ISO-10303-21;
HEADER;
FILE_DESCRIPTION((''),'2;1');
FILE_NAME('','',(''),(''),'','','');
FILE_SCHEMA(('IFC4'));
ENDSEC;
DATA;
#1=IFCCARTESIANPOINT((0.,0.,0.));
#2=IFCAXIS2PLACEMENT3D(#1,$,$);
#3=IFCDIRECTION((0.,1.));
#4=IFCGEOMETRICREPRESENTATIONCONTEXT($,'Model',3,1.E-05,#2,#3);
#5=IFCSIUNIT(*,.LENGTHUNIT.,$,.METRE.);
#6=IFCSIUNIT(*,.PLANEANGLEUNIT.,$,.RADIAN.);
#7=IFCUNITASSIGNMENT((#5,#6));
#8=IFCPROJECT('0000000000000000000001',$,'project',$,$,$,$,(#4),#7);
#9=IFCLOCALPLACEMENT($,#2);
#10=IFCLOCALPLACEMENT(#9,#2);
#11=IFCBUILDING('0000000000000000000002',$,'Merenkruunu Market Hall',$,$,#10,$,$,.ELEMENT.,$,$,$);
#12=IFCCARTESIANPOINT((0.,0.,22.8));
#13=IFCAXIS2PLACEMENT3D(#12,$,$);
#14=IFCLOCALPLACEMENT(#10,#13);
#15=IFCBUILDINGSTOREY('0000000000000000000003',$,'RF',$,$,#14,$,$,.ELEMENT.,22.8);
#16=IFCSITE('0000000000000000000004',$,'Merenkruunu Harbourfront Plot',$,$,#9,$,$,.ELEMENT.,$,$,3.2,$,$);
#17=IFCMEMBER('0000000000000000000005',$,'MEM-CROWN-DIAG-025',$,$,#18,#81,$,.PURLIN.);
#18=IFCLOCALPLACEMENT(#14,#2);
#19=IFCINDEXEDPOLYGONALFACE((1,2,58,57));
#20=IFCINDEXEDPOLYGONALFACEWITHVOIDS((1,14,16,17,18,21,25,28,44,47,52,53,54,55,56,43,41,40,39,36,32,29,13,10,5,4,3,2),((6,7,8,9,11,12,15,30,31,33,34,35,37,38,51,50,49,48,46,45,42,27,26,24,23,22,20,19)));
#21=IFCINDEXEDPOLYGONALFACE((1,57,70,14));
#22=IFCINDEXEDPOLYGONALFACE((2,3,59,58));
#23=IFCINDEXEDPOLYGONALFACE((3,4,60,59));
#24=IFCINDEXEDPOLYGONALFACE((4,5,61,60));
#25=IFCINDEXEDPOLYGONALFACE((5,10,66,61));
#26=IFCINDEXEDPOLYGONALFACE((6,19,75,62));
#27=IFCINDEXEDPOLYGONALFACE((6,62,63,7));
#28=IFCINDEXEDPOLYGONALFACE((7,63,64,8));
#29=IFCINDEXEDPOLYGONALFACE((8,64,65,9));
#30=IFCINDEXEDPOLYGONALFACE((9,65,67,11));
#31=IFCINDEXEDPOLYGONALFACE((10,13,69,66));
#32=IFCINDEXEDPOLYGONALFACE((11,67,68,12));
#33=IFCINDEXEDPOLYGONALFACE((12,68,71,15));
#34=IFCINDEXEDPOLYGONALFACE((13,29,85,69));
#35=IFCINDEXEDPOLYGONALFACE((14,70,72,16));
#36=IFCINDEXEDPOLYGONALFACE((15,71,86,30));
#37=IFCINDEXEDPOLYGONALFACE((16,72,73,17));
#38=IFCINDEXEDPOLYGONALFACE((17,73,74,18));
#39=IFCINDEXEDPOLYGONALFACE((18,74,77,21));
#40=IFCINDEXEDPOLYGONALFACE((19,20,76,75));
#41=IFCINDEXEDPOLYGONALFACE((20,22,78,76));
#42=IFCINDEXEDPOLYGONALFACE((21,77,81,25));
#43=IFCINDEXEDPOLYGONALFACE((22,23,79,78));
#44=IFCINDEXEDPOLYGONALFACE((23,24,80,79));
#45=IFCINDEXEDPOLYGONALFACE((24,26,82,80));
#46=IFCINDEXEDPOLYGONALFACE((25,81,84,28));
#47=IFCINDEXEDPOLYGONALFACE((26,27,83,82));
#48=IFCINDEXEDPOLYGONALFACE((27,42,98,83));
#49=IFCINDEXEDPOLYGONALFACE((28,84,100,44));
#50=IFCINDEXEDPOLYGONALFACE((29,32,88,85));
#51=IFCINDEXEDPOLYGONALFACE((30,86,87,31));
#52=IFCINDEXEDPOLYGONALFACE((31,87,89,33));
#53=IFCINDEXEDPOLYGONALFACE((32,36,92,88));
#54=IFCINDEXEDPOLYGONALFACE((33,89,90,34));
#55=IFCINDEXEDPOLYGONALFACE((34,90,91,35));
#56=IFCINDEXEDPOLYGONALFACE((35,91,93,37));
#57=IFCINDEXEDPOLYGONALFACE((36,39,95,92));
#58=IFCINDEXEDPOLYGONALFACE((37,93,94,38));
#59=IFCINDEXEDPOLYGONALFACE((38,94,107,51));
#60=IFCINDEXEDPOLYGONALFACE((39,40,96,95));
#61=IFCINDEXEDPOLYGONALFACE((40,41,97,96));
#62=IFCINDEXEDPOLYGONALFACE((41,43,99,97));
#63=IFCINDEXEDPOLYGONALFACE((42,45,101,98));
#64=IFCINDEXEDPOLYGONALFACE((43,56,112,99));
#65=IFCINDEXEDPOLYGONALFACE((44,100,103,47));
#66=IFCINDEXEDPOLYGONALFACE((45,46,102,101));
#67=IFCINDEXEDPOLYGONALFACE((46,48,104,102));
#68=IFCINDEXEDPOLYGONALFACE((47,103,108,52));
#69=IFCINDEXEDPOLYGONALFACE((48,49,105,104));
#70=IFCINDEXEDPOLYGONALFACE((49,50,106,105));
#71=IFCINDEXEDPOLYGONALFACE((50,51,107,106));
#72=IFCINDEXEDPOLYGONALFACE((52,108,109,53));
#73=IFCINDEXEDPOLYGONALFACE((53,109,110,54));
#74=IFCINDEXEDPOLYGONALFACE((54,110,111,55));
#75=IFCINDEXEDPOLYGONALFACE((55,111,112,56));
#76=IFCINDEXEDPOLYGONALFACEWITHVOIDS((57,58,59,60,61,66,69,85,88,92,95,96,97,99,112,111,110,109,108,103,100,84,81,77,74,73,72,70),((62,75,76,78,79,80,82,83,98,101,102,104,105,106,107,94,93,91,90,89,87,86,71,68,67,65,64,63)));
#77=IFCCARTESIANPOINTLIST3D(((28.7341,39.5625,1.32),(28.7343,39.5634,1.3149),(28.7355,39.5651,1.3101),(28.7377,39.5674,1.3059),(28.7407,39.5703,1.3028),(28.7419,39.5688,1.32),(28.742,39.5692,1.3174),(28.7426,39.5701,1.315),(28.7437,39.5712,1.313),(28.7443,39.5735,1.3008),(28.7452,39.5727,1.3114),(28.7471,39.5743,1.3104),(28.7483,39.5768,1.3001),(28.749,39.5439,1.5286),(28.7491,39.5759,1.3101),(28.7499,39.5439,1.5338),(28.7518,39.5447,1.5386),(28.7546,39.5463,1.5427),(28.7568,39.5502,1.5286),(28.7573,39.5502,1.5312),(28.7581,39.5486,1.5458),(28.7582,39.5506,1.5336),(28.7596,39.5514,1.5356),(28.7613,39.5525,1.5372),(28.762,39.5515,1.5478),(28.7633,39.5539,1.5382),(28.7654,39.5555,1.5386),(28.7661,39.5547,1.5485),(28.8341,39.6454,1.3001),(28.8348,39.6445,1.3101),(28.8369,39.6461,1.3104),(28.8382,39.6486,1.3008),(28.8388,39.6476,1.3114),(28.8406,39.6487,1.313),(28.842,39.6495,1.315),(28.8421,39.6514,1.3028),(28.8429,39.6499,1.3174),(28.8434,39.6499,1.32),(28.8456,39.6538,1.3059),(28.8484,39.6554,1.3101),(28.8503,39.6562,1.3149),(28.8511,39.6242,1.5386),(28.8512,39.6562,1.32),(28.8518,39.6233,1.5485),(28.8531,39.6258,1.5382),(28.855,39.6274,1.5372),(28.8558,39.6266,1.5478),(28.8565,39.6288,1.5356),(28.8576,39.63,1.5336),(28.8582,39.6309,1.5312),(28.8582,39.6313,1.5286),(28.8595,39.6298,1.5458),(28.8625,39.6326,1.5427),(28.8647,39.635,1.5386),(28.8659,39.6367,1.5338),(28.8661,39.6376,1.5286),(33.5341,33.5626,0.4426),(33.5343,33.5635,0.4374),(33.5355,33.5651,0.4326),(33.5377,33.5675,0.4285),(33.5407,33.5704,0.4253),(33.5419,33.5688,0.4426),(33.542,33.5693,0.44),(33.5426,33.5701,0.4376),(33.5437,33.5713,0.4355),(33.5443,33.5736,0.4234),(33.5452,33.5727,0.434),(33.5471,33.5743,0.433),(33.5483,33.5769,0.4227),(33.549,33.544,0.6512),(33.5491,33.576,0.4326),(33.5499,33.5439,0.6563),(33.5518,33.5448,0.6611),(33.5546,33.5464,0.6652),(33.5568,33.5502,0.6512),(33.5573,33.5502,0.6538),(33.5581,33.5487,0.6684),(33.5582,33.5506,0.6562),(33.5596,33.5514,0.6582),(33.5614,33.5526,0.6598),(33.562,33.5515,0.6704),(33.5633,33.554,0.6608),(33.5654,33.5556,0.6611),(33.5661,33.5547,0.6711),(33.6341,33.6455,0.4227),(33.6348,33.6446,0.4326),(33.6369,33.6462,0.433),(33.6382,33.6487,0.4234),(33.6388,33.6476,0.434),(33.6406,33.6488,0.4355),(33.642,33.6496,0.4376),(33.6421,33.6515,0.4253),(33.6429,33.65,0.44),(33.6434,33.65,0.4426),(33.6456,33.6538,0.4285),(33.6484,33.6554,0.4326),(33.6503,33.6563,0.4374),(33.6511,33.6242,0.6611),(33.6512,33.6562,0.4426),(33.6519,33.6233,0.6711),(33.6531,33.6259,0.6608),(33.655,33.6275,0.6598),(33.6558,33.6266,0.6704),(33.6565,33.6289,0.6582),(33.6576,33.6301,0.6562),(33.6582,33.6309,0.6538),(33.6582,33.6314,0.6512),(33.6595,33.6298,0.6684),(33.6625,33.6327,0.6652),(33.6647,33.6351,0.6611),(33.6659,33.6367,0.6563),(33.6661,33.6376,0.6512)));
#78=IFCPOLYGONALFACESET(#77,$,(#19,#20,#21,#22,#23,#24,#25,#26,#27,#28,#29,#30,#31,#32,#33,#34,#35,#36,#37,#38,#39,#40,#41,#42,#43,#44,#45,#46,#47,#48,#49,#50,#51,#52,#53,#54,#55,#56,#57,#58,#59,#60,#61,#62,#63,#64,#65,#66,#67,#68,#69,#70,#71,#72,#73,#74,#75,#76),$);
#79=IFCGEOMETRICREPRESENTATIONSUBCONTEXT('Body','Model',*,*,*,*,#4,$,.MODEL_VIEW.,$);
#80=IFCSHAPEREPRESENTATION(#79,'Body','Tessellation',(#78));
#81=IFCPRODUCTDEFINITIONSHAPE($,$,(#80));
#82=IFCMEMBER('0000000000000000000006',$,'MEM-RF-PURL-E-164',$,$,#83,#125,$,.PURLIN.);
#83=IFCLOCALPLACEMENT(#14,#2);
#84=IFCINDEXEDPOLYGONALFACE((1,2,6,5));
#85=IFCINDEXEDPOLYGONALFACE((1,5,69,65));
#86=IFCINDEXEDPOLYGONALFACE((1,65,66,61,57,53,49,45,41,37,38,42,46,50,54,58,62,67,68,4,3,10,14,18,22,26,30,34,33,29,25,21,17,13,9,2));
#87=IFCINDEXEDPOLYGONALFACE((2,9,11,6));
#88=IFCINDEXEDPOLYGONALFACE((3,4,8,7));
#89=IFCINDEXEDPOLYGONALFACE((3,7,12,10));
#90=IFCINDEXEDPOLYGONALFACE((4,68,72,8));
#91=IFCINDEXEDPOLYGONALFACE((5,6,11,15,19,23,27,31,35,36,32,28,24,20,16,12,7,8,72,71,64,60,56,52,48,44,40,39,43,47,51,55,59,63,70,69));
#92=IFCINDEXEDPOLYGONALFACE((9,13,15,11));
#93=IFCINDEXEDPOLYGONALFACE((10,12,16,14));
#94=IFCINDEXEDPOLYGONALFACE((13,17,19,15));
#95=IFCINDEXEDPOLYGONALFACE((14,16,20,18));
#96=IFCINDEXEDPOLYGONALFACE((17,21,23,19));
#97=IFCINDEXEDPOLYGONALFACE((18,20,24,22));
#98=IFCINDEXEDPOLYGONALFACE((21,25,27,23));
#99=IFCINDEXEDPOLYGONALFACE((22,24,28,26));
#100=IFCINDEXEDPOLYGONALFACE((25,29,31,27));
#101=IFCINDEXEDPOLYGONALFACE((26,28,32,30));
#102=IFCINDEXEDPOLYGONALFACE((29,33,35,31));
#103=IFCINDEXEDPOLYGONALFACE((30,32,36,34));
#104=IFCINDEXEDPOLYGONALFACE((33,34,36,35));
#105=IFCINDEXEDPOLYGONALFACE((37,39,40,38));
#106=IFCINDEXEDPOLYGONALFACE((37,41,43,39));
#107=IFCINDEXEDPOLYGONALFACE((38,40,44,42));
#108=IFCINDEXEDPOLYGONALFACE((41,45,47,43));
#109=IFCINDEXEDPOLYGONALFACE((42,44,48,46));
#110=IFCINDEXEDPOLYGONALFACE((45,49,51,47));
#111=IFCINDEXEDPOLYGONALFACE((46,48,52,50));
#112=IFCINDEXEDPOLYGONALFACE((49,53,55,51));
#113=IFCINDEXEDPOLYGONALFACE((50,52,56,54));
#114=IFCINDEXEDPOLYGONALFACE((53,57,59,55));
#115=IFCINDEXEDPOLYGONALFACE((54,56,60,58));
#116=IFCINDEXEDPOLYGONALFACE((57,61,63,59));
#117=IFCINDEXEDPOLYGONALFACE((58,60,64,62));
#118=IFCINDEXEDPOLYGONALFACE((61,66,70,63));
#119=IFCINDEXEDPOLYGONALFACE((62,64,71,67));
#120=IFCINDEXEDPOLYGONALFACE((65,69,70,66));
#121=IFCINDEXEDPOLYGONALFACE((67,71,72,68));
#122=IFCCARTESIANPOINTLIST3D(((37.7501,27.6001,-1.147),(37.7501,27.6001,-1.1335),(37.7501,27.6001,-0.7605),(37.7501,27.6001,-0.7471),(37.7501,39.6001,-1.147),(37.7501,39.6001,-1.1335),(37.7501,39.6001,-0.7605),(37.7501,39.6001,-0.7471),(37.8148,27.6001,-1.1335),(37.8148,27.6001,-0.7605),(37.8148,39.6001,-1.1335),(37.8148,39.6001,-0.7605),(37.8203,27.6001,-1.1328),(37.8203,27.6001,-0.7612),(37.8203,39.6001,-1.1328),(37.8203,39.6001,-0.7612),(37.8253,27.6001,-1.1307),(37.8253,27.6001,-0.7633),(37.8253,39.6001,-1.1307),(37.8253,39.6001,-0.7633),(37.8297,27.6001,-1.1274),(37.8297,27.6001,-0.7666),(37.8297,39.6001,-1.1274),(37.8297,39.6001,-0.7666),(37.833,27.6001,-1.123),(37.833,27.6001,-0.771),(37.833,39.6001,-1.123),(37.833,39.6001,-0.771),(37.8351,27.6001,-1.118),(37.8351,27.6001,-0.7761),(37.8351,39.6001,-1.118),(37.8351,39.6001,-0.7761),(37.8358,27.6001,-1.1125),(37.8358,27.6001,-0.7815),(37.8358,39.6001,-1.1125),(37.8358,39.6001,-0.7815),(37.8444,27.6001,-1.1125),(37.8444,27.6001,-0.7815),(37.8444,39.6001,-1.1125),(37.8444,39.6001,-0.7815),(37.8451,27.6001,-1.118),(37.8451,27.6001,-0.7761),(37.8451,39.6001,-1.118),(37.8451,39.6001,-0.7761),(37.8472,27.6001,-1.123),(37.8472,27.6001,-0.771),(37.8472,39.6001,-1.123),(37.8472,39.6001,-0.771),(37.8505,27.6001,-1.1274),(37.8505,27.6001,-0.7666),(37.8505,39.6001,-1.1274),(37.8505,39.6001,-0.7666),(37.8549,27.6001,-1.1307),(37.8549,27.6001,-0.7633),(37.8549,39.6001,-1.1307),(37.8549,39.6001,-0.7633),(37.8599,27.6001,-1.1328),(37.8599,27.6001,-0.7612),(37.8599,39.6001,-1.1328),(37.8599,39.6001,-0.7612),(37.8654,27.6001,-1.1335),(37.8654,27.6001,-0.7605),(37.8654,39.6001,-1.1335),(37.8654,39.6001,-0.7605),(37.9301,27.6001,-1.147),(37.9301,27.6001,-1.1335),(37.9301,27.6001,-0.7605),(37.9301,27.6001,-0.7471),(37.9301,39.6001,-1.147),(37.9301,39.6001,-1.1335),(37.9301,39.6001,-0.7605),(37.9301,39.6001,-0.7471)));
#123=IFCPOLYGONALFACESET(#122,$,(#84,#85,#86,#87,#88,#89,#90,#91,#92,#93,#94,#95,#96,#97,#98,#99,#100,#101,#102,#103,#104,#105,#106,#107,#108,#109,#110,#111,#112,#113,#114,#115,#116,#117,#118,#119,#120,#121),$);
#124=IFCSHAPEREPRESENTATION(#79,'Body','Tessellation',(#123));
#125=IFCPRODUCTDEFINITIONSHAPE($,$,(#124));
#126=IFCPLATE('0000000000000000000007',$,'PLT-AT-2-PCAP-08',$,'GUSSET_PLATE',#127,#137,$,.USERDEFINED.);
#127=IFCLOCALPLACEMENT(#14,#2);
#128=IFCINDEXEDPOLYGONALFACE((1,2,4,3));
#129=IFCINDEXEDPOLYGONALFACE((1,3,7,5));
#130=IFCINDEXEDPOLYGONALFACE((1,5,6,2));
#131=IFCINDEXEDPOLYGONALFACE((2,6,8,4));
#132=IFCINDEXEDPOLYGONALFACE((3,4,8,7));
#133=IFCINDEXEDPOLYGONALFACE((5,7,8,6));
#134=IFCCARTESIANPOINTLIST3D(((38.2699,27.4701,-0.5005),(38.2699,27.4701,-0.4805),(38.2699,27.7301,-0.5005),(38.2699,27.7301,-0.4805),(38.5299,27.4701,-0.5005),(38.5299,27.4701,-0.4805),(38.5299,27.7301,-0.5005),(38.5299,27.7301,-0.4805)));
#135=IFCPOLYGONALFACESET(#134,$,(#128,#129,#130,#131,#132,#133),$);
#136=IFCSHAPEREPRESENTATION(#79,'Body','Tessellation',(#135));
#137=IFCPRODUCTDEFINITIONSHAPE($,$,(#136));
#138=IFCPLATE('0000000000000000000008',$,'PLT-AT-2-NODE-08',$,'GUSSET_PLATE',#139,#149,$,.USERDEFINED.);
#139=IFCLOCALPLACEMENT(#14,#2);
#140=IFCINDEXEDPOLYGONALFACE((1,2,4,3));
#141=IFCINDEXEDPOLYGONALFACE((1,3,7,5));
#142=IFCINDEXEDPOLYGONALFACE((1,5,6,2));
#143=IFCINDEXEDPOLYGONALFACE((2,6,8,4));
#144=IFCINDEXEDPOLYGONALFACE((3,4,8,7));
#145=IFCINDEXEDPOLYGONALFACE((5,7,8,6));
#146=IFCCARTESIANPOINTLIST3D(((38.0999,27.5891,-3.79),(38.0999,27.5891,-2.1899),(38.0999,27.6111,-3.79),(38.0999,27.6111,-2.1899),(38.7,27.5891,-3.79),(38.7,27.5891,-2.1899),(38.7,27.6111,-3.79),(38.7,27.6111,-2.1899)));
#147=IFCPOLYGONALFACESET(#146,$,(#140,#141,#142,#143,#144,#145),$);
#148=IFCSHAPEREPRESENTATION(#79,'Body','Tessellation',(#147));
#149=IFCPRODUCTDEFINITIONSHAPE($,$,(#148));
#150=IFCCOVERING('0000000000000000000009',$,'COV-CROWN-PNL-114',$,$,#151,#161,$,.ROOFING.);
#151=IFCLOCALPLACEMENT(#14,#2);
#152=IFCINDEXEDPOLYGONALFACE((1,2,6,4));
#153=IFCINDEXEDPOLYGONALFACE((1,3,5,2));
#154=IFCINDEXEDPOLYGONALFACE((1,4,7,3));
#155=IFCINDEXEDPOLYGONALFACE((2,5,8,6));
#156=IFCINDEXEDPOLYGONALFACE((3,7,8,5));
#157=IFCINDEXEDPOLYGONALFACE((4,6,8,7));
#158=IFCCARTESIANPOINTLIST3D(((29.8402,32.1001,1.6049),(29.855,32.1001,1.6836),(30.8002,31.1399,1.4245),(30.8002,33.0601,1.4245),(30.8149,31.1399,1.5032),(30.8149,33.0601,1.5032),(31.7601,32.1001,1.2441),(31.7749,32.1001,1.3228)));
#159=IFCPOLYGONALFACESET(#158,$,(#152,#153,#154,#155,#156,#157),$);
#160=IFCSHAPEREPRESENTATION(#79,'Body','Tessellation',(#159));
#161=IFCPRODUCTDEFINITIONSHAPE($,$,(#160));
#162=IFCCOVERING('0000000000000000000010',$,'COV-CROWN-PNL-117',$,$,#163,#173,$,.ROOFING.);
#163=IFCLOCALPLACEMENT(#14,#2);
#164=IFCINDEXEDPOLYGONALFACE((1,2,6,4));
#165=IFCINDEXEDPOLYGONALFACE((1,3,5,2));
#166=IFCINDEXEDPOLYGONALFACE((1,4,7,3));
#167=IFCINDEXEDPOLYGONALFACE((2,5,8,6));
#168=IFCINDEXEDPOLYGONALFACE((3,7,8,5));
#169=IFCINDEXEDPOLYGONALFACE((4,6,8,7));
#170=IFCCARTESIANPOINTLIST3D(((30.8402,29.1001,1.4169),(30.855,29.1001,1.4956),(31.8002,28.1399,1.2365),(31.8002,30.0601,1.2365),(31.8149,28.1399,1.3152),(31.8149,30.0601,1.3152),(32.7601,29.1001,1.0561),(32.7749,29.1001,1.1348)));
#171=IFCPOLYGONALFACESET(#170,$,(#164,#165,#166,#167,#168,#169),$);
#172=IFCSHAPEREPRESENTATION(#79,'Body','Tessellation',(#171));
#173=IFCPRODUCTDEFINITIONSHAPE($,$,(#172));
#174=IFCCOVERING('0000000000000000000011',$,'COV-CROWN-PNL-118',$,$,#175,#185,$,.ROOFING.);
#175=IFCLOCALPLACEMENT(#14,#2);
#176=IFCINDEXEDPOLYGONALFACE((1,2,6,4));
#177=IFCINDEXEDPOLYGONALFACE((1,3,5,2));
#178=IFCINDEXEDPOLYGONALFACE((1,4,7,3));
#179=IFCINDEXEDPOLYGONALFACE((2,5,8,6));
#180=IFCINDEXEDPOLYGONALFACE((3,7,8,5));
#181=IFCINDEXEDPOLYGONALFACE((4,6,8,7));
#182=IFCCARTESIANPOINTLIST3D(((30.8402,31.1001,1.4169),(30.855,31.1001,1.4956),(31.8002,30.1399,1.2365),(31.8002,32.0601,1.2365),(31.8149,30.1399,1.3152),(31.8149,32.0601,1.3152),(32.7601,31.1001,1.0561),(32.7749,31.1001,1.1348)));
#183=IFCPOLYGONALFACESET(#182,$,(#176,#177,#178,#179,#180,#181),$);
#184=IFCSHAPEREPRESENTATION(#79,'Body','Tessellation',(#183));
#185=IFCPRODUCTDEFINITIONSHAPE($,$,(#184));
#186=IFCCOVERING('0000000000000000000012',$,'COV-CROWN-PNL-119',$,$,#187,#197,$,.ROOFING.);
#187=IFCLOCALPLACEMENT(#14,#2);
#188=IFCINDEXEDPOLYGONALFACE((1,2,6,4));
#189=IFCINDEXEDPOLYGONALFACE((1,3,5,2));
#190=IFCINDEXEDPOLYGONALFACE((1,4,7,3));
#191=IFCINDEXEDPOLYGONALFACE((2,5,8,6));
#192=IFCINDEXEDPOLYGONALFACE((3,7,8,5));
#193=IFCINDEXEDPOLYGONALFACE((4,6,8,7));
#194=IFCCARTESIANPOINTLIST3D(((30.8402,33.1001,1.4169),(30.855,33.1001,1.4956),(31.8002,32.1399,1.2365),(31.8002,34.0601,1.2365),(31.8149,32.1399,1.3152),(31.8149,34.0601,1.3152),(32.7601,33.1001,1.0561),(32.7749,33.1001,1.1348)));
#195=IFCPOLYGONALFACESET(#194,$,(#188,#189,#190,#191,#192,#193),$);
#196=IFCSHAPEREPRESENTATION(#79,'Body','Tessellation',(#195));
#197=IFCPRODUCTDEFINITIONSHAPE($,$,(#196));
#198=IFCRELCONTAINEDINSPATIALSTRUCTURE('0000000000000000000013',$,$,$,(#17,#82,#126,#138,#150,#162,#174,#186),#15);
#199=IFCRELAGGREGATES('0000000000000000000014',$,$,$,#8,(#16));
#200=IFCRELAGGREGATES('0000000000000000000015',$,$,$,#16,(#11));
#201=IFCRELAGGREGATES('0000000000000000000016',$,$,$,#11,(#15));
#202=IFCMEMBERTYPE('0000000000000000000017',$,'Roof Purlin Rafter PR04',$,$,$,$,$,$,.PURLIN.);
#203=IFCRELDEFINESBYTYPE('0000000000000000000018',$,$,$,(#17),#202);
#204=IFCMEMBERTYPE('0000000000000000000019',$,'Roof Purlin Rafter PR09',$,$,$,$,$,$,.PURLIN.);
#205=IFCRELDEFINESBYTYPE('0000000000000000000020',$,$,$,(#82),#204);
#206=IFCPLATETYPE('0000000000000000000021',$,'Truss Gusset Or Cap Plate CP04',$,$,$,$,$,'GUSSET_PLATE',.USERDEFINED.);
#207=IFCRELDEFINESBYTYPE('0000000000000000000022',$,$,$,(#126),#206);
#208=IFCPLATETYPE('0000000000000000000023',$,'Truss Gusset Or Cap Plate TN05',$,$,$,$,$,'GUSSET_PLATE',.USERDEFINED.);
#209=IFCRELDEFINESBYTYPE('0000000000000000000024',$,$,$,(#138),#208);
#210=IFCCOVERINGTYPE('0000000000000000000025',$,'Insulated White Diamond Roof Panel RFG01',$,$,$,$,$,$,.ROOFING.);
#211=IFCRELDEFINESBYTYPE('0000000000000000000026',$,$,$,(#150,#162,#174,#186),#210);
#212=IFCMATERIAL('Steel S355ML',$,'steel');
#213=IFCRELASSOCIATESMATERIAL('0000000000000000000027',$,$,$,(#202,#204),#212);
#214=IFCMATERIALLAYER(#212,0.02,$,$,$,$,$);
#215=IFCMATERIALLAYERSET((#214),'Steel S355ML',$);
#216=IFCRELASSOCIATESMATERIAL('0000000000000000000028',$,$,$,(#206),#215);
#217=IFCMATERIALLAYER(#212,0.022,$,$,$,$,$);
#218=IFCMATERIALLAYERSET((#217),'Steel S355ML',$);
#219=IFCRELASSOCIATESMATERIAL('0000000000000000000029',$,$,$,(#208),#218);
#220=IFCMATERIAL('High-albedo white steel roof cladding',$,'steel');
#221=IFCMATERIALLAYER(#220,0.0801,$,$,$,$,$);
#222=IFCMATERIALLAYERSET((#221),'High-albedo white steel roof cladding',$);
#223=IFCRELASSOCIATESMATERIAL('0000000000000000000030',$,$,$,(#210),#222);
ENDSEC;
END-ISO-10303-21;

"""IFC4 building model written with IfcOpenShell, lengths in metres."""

from ifc_helpers import new_model, si_unit, direction, frame, origin, origin_2d, place, context, subcontext, project, spatial, polyline, rectangle, hollow_rectangle, i_section, outline, extrude, material, layer, layer_set, material_profile, profile_set, type_object, element, save


model = new_model("IFC4")

# Units and contexts
model_context = context("Model", 3, precision=1e-05, world=origin(), true_north=direction((0.0, 1.0)))
body_context = subcontext(model_context, "Body", "Model", "MODEL_VIEW")
ifc_project = project(units=[si_unit("LENGTHUNIT", "METRE"), si_unit("PLANEANGLEUNIT", "RADIAN")], contexts=[model_context])

# Site, building, storey
site_placement = place(None, origin())
site = spatial("IfcSite", under=ifc_project, at=site_placement, Name="Merenkruunu Harbourfront Plot", CompositionType="ELEMENT", RefElevation=3.2)
building_placement = place(site_placement, origin())
building = spatial("IfcBuilding", under=site, at=building_placement, Name="Merenkruunu Market Hall", CompositionType="ELEMENT")
storey_placement = place(building_placement, frame((0.0, 0.0, 22.8)))
storey = spatial("IfcBuildingStorey", under=building, at=storey_placement, Name="RF", CompositionType="ELEMENT", Elevation=22.8)

# Shared definitions
ifc_material_1 = material(Name="Steel S355ML", Category="steel")

# Members
ifc_material_profile_1 = material_profile(ifc_material_1, hollow_rectangle(XDim=0.1499, YDim=0.25, WallThickness=0.01, InnerFilletRadius=0.01, OuterFilletRadius=0.02, at=origin_2d()), Name="RHS 250x150x10")
ifc_profile_set_1 = profile_set([ifc_material_profile_1], Name="Steel S355ML")
member_type_1 = type_object("IfcMemberType", Name="Roof Purlin Rafter PR04", PredefinedType="PURLIN", material=ifc_profile_set_1)
member_1_placement = place(storey_placement, frame((33.6001, 33.6001, 0.5469), z_axis=(-0.620665, 0.775824, 0.113457), x_axis=(-0.780866, -0.624699, 0.0)))
element("IfcMember", 1, at=member_1_placement, inside=storey, type_object=member_type_1, Name="MEM-CROWN-DIAG-025", PredefinedType="PURLIN", context=body_context, shape_type="SweptSolid", body=[
    extrude(hollow_rectangle(XDim=0.1499, YDim=0.25, WallThickness=0.01, InnerFilletRadius=0.01, OuterFilletRadius=0.02, at=origin_2d()), origin(), (0.0, 0.0, 1.0), 7.7336),
])
ifc_material_profile_2 = material_profile(ifc_material_1, i_section(OverallWidth=0.1799, OverallDepth=0.3999, WebThickness=0.0085, FlangeThickness=0.0134, FilletRadius=0.021, at=origin_2d()), Name="IPE 400")
ifc_profile_set_2 = profile_set([ifc_material_profile_2], Name="Steel S355ML")
member_type_2 = type_object("IfcMemberType", Name="Roof Purlin Rafter PR09", PredefinedType="PURLIN", material=ifc_profile_set_2)
member_2_placement = place(storey_placement, frame((37.8401, 27.6001, -0.947), z_axis=(0.0, 1.0, 0.0), x_axis=(-1.0, 0.0, 0.0)))
element("IfcMember", 2, at=member_2_placement, inside=storey, type_object=member_type_2, Name="MEM-RF-PURL-E-164", PredefinedType="PURLIN", context=body_context, shape_type="SweptSolid", body=[
    extrude(i_section(OverallWidth=0.1799, OverallDepth=0.3999, WebThickness=0.0085, FlangeThickness=0.0134, FilletRadius=0.021, at=origin_2d()), origin(), (0.0, 0.0, 1.0), 12.0),
])

# Plates
ifc_layer_1 = layer(ifc_material_1, 0.02)
ifc_layer_set_1 = layer_set([ifc_layer_1], Name="Steel S355ML")
plate_type_1 = type_object("IfcPlateType", Name="Truss Gusset Or Cap Plate CP04", ElementType="GUSSET_PLATE", PredefinedType="USERDEFINED", material=ifc_layer_set_1)
plate_1_placement = place(storey_placement, frame((38.3999, 27.6001, -0.5005), z_axis=(0.0, 0.0, 1.0), x_axis=(1.0, 0.0, 0.0)))
element("IfcPlate", 3, at=plate_1_placement, inside=storey, type_object=plate_type_1, Name="PLT-AT-2-PCAP-08", ObjectType="GUSSET_PLATE", PredefinedType="USERDEFINED", context=body_context, shape_type="SweptSolid", body=[
    extrude(rectangle(XDim=0.26, YDim=0.26, at=origin_2d()), origin(), (0.0, 0.0, 1.0), 0.02),
])
ifc_layer_2 = layer(ifc_material_1, 0.022)
ifc_layer_set_2 = layer_set([ifc_layer_2], Name="Steel S355ML")
plate_type_2 = type_object("IfcPlateType", Name="Truss Gusset Or Cap Plate TN05", ElementType="GUSSET_PLATE", PredefinedType="USERDEFINED", material=ifc_layer_set_2)
plate_2_placement = place(storey_placement, frame((38.3999, 27.6001, -3.79), z_axis=(0.0, 0.0, 1.0), x_axis=(1.0, 0.0, 0.0)))
element("IfcPlate", 4, at=plate_2_placement, inside=storey, type_object=plate_type_2, Name="PLT-AT-2-NODE-08", ObjectType="GUSSET_PLATE", PredefinedType="USERDEFINED", context=body_context, shape_type="SweptSolid", body=[
    extrude(rectangle(XDim=0.6001, YDim=0.022, at=origin_2d()), origin(), (0.0, 0.0, 1.0), 1.6001),
])

# Coverings
ifc_material_2 = material(Name="High-albedo white steel roof cladding", Category="steel")
ifc_layer_3 = layer(ifc_material_2, 0.0801)
ifc_layer_set_3 = layer_set([ifc_layer_3], Name="High-albedo white steel roof cladding")
covering_type_1 = type_object("IfcCoveringType", Name="Insulated White Diamond Roof Panel RFG01", PredefinedType="ROOFING", material=ifc_layer_set_3)
for number, where, z_axis, x_axis, name in (
    (5, (29.855, 32.1001, 1.6836), (0.184711, 0.0, 0.982793), (0.700856, -0.701035, -0.131722), "COV-CROWN-PNL-114"),
    (6, (30.855, 29.1001, 1.4956), (0.184711, 0.0, 0.982793), (0.700856, -0.701035, -0.131722), "COV-CROWN-PNL-117"),
    (7, (30.855, 31.1001, 1.4956), (0.184711, 0.0, 0.982793), (0.700856, -0.701035, -0.131722), "COV-CROWN-PNL-118"),
    (8, (30.855, 33.1001, 1.4956), (0.184711, 0.0, 0.982793), (0.700856, -0.701035, -0.131722), "COV-CROWN-PNL-119"),
):
    element("IfcCovering", number, at=place(storey_placement, frame(where, z_axis=z_axis, x_axis=x_axis)), inside=storey, type_object=covering_type_1, Name=name, PredefinedType="ROOFING", context=body_context, shape_type="SweptSolid", body=[
        extrude(outline(polyline([(0.0, 0.0), (1.3697, 0.0), (1.3931, 1.3695), (0.0236, 1.3693), (0.0, 0.0)])), origin(), (0.0, 0.0, -1.0), 0.0801),
    ])

save(model, "model.ifc")
